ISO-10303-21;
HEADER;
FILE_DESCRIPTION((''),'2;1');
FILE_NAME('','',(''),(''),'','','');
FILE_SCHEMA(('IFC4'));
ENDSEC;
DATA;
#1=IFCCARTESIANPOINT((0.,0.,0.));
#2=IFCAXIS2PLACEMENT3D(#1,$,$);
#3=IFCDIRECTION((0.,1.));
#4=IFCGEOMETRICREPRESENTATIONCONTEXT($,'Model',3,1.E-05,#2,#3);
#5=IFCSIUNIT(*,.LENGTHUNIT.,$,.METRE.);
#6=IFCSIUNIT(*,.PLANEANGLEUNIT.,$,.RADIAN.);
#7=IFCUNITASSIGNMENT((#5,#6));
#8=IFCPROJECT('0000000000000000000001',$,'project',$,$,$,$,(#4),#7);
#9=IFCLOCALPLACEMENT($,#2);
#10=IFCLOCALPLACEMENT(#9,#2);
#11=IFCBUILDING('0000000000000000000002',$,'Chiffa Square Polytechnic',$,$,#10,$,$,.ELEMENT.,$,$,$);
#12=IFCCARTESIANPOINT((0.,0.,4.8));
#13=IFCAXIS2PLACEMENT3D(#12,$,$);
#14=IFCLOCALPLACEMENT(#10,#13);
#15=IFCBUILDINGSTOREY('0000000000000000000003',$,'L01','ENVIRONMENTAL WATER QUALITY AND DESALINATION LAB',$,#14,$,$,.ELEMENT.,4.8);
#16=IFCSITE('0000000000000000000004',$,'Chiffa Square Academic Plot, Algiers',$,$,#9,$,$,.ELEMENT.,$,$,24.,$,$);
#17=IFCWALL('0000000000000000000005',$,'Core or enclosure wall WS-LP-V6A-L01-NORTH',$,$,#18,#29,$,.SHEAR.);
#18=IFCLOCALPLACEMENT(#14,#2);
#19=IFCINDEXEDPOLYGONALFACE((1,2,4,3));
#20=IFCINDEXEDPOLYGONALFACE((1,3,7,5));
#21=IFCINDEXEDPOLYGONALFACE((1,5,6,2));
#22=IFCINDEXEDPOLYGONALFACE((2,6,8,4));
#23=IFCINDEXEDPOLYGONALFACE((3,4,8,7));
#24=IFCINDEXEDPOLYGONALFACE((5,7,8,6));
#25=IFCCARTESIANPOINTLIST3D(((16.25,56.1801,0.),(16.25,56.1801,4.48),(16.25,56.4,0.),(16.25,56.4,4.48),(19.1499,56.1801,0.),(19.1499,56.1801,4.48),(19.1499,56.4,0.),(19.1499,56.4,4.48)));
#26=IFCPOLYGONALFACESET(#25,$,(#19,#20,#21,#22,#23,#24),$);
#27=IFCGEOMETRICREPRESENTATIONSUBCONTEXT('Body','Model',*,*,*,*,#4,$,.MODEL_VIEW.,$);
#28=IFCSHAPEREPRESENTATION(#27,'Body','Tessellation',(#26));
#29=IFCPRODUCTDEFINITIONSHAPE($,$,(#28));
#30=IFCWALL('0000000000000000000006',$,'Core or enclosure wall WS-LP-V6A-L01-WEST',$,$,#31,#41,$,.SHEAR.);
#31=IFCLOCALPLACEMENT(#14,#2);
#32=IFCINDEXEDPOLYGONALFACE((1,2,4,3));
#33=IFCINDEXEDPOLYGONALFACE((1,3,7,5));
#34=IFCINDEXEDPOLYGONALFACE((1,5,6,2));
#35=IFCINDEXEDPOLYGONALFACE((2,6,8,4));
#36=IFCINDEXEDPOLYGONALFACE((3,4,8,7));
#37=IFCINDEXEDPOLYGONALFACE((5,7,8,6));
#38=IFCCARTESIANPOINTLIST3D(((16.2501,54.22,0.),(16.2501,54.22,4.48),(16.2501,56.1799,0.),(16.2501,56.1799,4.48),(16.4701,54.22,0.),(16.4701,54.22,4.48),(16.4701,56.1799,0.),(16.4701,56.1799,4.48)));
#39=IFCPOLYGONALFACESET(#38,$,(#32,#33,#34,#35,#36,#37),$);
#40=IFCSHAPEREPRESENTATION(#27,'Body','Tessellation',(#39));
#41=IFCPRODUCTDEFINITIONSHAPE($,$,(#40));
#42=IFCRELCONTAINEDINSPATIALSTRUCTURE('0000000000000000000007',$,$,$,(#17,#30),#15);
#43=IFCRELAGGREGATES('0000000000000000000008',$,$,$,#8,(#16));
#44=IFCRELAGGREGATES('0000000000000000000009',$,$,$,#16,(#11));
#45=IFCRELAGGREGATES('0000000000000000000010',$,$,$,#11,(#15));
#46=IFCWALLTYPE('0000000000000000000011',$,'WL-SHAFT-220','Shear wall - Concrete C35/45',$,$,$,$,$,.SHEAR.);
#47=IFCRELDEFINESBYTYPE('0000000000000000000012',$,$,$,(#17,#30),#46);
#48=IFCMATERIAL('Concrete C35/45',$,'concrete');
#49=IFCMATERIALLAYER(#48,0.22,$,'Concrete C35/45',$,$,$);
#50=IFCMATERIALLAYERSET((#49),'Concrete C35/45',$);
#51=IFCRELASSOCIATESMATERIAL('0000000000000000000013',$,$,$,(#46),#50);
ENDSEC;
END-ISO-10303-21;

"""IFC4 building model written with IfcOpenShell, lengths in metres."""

from ifc_helpers import new_model, si_unit, direction, frame, frame_2d, origin, place, context, subcontext, project, spatial, rectangle, extrude, material, layer, layer_set, type_object, element, save


model = new_model("IFC4")

# Units and contexts
model_context = context("Model", 3, precision=1e-05, world=origin(), true_north=direction((0.0, 1.0)))
body_context = subcontext(model_context, "Body", "Model", "MODEL_VIEW")
ifc_project = project(units=[si_unit("LENGTHUNIT", "METRE"), si_unit("PLANEANGLEUNIT", "RADIAN")], contexts=[model_context])

# Site, building, storey
site_placement = place(None, origin())
site = spatial("IfcSite", under=ifc_project, at=site_placement, Name="Chiffa Square Academic Plot, Algiers", CompositionType="ELEMENT", RefElevation=24.0)
building_placement = place(site_placement, origin())
building = spatial("IfcBuilding", under=site, at=building_placement, Name="Chiffa Square Polytechnic", CompositionType="ELEMENT")
storey_placement = place(building_placement, frame((0.0, 0.0, 4.8)))
storey = spatial("IfcBuildingStorey", under=building, at=storey_placement, Name="L01", Description="ENVIRONMENTAL WATER QUALITY AND DESALINATION LAB", CompositionType="ELEMENT", Elevation=4.8)

# Shared definitions
ifc_material_1 = material(Name="Concrete C35/45", Category="concrete")

# Walls
ifc_layer_1 = layer(ifc_material_1, 0.22, Name="Concrete C35/45")
ifc_layer_set_1 = layer_set([ifc_layer_1], Name="Concrete C35/45")
wall_type_1 = type_object("IfcWallType", Name="WL-SHAFT-220", Description="Shear wall - Concrete C35/45", PredefinedType="SHEAR", material=ifc_layer_set_1)
wall_1_placement = place(storey_placement, frame((16.25, 56.29, 0.0), z_axis=(0.0, 0.0, 1.0), x_axis=(1.0, 0.0, 0.0)))
element("IfcWall", 1, at=wall_1_placement, inside=storey, type_object=wall_type_1, Name="Core or enclosure wall WS-LP-V6A-L01-NORTH", PredefinedType="SHEAR", context=body_context, shape_type="SweptSolid", body=[
    extrude(rectangle(XDim=2.8999, YDim=0.22, at=frame_2d((1.45, 0.0))), origin(), (0.0, 0.0, 1.0), 4.48),
])
wall_2_placement = place(storey_placement, frame((16.3601, 54.22, 0.0), z_axis=(0.0, 0.0, 1.0), x_axis=(0.0, 1.0, 0.0)))
element("IfcWall", 2, at=wall_2_placement, inside=storey, type_object=wall_type_1, Name="Core or enclosure wall WS-LP-V6A-L01-WEST", PredefinedType="SHEAR", context=body_context, shape_type="SweptSolid", body=[
    extrude(rectangle(XDim=1.96, YDim=0.22, at=frame_2d((0.98, 0.0))), origin(), (0.0, 0.0, 1.0), 4.48),
])

save(model, "model.ifc")
